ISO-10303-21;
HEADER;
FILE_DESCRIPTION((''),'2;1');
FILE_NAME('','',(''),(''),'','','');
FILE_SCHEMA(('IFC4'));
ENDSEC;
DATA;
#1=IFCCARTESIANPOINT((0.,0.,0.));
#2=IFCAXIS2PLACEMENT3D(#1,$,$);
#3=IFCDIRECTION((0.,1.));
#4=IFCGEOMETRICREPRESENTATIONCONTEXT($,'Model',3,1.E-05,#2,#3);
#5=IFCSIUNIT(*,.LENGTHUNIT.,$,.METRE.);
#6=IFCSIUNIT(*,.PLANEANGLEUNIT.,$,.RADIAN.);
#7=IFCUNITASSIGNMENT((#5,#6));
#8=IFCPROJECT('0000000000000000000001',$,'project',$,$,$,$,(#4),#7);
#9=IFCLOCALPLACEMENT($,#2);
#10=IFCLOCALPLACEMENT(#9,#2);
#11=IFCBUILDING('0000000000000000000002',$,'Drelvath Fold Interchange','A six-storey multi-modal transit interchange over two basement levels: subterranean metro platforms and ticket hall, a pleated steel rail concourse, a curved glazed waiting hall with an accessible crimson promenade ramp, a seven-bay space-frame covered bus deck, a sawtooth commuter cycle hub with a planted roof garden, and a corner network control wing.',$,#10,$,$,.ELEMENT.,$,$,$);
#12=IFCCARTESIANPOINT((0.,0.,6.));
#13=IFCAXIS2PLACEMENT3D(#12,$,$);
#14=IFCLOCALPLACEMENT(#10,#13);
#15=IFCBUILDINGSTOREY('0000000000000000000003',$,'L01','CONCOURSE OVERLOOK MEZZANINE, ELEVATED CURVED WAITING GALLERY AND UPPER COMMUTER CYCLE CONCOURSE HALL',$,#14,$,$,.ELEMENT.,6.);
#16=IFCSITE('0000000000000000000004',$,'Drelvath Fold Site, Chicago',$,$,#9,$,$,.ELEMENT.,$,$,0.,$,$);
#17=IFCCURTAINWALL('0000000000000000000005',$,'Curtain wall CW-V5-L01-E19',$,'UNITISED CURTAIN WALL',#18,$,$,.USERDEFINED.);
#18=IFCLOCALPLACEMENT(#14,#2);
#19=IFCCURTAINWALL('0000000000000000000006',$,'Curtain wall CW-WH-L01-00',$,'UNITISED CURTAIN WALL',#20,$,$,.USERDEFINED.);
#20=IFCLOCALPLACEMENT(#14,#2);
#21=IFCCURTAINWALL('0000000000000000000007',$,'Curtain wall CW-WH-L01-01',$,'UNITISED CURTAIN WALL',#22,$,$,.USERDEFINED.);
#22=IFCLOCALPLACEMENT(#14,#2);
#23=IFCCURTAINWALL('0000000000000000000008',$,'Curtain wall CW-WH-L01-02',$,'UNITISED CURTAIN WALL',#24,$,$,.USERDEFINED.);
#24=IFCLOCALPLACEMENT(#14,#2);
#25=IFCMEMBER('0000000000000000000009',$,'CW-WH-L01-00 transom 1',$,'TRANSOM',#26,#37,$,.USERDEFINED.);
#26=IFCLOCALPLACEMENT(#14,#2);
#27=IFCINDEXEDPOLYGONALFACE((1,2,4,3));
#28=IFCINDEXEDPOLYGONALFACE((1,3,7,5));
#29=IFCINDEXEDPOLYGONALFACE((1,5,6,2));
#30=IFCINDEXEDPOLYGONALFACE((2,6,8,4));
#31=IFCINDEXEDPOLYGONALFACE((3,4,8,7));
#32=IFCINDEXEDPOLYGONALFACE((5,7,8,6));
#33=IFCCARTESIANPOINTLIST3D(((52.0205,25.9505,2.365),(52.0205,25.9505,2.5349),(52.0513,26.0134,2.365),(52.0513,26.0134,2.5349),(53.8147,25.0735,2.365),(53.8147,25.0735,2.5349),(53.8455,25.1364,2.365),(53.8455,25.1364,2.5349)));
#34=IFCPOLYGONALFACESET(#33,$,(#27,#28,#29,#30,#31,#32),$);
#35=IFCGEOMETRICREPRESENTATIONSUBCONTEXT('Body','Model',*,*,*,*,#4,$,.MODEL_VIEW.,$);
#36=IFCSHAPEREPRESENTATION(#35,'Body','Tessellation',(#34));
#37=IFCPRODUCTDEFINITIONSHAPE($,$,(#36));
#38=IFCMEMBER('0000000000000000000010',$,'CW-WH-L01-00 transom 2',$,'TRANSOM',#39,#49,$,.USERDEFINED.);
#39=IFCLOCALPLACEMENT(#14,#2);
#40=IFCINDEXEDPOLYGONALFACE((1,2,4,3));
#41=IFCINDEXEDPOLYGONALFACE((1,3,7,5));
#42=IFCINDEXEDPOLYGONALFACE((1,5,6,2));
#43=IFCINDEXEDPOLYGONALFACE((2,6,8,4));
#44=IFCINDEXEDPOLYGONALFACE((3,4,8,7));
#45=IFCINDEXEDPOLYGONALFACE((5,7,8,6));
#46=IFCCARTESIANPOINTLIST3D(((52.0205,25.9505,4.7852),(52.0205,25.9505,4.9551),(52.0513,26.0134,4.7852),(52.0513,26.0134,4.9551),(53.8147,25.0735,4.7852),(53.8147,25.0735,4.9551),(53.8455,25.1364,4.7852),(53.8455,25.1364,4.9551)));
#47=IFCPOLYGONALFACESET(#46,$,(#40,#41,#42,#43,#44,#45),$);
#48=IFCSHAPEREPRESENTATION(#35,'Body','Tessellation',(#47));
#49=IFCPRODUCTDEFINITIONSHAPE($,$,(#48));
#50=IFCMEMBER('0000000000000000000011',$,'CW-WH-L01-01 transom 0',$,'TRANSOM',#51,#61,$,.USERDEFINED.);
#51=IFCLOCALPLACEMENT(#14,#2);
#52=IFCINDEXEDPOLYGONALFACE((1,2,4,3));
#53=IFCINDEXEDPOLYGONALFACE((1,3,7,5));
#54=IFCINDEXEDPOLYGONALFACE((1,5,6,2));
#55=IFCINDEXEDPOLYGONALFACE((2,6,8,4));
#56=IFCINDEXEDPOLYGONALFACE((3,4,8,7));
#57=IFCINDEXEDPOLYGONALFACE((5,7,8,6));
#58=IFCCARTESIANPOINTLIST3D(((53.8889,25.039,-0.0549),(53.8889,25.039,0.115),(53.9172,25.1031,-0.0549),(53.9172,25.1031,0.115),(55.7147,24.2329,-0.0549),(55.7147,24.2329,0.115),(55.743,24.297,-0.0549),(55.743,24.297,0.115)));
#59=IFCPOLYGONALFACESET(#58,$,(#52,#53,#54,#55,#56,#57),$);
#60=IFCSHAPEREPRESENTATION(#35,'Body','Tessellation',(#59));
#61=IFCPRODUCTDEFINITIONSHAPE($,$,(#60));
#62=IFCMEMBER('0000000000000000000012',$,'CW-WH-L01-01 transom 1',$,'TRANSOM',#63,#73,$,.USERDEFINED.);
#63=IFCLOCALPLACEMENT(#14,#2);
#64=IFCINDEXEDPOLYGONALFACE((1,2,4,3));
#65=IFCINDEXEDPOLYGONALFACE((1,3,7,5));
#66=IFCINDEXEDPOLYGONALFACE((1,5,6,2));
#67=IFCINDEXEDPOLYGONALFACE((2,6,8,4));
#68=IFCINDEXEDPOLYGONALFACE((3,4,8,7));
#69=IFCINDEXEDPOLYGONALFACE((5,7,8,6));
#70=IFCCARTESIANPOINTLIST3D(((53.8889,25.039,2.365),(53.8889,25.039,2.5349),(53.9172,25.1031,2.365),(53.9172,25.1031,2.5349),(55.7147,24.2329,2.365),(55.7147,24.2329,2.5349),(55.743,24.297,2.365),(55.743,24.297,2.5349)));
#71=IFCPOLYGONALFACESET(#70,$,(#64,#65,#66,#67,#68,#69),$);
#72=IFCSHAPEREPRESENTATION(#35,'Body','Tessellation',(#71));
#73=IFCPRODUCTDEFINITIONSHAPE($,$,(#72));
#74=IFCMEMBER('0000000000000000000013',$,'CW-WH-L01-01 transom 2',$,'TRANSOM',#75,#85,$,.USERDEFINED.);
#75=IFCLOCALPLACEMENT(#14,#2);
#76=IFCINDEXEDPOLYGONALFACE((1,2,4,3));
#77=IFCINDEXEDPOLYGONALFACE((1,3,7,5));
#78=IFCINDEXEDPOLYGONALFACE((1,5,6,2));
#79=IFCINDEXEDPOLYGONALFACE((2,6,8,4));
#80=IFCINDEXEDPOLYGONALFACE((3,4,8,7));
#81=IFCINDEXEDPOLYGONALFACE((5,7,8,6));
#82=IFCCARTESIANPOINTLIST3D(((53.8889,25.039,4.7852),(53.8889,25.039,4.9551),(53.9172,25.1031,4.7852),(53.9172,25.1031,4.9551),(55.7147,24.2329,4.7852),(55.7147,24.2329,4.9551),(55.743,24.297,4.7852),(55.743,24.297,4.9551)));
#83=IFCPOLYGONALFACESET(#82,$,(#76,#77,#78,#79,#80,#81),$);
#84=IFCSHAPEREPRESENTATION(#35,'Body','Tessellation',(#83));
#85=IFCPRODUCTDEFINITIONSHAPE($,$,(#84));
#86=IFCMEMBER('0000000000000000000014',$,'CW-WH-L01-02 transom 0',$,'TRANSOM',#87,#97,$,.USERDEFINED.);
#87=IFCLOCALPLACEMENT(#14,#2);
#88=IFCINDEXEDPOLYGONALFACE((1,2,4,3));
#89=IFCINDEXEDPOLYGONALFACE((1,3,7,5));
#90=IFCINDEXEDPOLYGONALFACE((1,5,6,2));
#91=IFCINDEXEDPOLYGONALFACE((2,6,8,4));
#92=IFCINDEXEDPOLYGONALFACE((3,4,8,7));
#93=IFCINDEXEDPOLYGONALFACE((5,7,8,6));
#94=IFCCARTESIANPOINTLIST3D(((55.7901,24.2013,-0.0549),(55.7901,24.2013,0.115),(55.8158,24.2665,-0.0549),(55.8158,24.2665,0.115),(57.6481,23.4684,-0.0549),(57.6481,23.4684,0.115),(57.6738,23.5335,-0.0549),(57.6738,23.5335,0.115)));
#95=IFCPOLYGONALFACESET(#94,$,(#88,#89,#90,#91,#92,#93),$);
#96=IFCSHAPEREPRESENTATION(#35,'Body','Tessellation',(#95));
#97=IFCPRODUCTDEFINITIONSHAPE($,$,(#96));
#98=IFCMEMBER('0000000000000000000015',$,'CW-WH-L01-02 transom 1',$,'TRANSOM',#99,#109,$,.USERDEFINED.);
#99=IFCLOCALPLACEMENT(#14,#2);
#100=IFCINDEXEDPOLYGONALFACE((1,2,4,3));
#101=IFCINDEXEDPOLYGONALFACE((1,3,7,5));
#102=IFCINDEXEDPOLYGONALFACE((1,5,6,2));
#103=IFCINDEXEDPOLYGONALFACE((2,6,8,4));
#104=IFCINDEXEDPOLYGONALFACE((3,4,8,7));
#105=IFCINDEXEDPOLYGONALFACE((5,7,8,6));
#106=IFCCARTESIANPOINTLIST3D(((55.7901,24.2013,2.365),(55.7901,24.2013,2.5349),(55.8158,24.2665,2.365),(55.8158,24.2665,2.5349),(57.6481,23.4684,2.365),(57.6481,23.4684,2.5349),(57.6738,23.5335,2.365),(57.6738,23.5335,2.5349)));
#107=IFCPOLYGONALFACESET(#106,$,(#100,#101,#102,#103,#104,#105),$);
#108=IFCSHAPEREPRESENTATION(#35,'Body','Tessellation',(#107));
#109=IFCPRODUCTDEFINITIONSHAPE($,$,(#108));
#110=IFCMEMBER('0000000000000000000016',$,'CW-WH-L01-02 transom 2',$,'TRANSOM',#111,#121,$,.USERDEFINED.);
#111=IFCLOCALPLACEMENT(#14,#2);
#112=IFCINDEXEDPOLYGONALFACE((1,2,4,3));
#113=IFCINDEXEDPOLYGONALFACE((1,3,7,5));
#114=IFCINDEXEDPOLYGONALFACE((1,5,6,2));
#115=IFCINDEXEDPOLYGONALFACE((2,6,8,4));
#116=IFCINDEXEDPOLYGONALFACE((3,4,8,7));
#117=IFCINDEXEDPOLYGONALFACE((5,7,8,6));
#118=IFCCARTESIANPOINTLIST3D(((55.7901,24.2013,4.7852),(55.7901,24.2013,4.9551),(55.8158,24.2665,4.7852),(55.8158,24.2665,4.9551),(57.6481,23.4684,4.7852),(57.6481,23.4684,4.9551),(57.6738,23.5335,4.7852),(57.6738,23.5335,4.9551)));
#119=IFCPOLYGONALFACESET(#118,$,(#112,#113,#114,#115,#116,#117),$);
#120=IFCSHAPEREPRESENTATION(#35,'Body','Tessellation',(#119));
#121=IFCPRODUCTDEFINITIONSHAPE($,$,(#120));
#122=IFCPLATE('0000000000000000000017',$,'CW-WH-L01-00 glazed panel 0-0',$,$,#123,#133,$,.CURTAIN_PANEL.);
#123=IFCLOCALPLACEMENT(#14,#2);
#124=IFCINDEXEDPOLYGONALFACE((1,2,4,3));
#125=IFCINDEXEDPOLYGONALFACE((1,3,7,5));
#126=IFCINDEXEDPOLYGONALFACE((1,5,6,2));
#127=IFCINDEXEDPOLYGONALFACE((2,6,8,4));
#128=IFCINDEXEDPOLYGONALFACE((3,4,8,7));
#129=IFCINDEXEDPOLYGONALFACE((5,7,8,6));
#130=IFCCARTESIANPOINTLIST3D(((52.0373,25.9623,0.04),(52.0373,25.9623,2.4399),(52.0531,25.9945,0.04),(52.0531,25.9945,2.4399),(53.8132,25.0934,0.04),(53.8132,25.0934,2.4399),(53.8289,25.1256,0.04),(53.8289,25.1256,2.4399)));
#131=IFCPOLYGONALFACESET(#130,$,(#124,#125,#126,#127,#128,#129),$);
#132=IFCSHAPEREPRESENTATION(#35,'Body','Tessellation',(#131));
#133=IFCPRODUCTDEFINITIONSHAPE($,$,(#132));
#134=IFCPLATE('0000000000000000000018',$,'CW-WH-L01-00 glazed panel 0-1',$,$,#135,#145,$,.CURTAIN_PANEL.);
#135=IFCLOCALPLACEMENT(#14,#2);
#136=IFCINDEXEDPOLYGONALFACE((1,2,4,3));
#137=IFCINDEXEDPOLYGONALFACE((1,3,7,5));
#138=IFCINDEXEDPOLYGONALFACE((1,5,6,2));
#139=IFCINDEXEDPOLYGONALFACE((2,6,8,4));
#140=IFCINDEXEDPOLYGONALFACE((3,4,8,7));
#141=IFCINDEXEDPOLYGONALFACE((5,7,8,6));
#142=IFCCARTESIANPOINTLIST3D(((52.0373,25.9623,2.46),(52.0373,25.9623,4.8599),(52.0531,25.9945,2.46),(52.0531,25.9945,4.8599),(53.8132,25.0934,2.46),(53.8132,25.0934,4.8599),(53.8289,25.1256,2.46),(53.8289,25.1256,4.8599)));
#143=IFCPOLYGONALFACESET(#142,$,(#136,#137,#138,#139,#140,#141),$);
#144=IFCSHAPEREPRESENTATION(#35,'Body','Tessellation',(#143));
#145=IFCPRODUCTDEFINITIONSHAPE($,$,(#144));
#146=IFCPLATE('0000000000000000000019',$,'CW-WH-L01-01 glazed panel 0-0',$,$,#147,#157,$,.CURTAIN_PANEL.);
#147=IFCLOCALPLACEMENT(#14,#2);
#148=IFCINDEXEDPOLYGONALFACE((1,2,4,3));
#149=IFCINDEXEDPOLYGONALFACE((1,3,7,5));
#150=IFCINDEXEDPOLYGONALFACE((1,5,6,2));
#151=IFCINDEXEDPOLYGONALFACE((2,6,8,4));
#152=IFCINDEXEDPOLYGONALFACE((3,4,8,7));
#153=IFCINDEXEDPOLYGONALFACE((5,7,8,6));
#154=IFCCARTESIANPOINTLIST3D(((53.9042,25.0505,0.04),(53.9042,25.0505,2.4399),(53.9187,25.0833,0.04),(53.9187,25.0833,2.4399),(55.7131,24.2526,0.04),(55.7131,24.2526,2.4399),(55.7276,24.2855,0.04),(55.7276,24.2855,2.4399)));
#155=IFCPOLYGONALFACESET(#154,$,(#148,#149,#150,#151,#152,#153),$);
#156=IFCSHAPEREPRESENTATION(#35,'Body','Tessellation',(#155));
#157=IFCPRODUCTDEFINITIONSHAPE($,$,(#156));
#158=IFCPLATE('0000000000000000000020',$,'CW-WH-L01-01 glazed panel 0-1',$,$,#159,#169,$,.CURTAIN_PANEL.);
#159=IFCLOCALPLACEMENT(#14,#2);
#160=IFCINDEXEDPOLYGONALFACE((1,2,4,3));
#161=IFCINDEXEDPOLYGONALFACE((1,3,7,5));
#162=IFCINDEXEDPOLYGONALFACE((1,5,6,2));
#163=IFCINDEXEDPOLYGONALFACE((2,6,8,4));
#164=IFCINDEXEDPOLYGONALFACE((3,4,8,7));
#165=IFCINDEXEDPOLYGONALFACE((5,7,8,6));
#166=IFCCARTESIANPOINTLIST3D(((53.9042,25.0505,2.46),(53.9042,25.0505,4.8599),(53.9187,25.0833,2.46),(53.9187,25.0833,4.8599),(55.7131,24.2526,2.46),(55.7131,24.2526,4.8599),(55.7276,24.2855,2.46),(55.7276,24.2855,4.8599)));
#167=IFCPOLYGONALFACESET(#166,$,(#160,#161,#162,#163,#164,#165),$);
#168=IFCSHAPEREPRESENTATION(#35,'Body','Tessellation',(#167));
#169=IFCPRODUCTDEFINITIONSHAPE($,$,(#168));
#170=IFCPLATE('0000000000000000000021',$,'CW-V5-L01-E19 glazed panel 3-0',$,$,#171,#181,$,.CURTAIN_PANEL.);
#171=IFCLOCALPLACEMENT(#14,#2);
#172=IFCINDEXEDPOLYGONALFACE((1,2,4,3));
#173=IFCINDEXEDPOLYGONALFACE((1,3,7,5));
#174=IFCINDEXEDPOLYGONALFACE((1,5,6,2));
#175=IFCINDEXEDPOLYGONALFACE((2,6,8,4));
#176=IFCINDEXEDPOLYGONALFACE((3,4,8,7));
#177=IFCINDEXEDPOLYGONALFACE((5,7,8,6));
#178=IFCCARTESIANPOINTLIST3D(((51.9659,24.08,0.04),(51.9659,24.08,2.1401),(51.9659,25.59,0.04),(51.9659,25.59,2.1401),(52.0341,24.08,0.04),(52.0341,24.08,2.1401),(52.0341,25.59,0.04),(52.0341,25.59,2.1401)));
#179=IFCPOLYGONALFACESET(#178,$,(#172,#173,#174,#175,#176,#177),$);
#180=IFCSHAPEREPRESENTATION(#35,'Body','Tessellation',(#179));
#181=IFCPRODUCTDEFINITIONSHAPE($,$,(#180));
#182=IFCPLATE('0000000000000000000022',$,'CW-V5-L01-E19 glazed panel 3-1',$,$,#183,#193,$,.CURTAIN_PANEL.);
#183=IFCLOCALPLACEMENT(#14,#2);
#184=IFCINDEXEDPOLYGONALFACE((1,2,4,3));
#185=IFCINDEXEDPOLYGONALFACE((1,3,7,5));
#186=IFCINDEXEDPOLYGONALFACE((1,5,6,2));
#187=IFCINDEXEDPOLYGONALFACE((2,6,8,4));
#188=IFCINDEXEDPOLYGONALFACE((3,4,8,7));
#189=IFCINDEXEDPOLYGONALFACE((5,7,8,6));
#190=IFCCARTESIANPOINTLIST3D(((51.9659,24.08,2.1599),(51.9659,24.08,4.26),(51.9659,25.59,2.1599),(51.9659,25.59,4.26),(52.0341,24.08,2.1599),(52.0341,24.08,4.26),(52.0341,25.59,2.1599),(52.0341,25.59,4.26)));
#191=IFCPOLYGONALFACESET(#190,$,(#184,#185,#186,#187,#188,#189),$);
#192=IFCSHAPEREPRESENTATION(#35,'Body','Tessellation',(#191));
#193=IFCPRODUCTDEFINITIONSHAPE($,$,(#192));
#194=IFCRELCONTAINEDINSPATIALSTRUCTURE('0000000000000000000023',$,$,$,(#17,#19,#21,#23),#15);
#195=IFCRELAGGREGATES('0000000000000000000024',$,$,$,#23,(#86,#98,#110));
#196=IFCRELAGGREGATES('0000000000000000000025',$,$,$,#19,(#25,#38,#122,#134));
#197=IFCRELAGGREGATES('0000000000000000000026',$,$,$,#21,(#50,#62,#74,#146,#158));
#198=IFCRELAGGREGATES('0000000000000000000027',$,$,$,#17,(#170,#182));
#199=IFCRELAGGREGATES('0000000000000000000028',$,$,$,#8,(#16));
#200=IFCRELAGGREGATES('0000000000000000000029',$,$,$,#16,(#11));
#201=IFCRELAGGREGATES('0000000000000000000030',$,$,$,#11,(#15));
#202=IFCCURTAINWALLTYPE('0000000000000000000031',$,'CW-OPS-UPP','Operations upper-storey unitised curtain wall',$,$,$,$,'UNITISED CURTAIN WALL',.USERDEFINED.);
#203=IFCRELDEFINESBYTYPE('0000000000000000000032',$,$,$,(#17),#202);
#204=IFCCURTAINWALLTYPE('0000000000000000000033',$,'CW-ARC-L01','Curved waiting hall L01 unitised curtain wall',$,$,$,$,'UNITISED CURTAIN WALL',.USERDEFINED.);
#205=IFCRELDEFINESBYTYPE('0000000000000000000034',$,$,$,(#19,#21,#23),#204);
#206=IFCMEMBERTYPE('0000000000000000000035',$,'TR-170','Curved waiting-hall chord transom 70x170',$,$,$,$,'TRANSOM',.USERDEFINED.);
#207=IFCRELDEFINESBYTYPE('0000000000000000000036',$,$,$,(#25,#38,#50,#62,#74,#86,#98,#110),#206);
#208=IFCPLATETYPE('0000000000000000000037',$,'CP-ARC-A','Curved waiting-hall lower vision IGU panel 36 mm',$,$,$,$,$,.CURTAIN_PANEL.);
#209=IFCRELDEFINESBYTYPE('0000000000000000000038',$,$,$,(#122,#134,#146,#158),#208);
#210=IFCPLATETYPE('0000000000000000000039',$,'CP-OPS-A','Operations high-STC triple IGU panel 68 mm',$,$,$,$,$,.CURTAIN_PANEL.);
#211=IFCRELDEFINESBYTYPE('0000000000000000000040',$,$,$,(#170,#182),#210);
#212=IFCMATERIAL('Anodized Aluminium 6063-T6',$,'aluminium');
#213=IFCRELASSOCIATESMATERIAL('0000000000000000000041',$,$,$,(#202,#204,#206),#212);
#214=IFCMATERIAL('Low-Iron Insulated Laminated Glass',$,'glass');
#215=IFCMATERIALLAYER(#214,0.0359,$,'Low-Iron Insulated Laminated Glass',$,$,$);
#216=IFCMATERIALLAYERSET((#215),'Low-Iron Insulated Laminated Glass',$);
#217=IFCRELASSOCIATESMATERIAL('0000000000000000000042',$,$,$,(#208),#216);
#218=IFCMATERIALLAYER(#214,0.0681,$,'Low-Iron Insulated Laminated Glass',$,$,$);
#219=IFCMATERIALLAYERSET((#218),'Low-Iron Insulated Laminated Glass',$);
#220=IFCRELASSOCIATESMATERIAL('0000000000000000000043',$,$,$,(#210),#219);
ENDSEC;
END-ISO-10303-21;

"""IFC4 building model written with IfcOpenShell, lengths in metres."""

from ifc_helpers import new_model, si_unit, direction, frame, origin, origin_2d, place, context, subcontext, project, spatial, rectangle, extrude, material, layer, layer_set, material_profile, profile_set, type_object, element, aggregate, save


model = new_model("IFC4")

# Units and contexts
model_context = context("Model", 3, precision=1e-05, world=origin(), true_north=direction((0.0, 1.0)))
body_context = subcontext(model_context, "Body", "Model", "MODEL_VIEW")
ifc_project = project(units=[si_unit("LENGTHUNIT", "METRE"), si_unit("PLANEANGLEUNIT", "RADIAN")], contexts=[model_context])

# Site, building, storey
site_placement = place(None, origin())
site = spatial("IfcSite", under=ifc_project, at=site_placement, Name="Drelvath Fold Site, Chicago", CompositionType="ELEMENT", RefElevation=0.0)
building_placement = place(site_placement, origin())
building = spatial("IfcBuilding", under=site, at=building_placement, Name="Drelvath Fold Interchange", Description="A six-storey multi-modal transit interchange over two basement levels: subterranean metro platforms and ticket hall, a pleated steel rail concourse, a curved glazed waiting hall with an accessible crimson promenade ramp, a seven-bay space-frame covered bus deck, a sawtooth commuter cycle hub with a planted roof garden, and a corner network control wing.", CompositionType="ELEMENT")
storey_placement = place(building_placement, frame((0.0, 0.0, 6.0)))
storey = spatial("IfcBuildingStorey", under=building, at=storey_placement, Name="L01", Description="CONCOURSE OVERLOOK MEZZANINE, ELEVATED CURVED WAITING GALLERY AND UPPER COMMUTER CYCLE CONCOURSE HALL", CompositionType="ELEMENT", Elevation=6.0)

# Curtain walls
ifc_material_1 = material(Name="Anodized Aluminium 6063-T6", Category="aluminium")
curtain_wall_type_1 = type_object("IfcCurtainWallType", Name="CW-OPS-UPP", Description="Operations upper-storey unitised curtain wall", ElementType="UNITISED CURTAIN WALL", PredefinedType="USERDEFINED", material=ifc_material_1)
curtain_wall_1_placement = place(storey_placement, origin())
curtain_wall_1 = element("IfcCurtainWall", 1, at=curtain_wall_1_placement, inside=storey, type_object=curtain_wall_type_1, Name="Curtain wall CW-V5-L01-E19", ObjectType="UNITISED CURTAIN WALL", PredefinedType="USERDEFINED")
curtain_wall_type_2 = type_object("IfcCurtainWallType", Name="CW-ARC-L01", Description="Curved waiting hall L01 unitised curtain wall", ElementType="UNITISED CURTAIN WALL", PredefinedType="USERDEFINED", material=ifc_material_1)
curtain_wall_2_placement = place(storey_placement, origin())
curtain_wall_2 = element("IfcCurtainWall", 2, at=curtain_wall_2_placement, inside=storey, type_object=curtain_wall_type_2, Name="Curtain wall CW-WH-L01-00", ObjectType="UNITISED CURTAIN WALL", PredefinedType="USERDEFINED")
curtain_wall_3_placement = place(storey_placement, origin())
curtain_wall_3 = element("IfcCurtainWall", 3, at=curtain_wall_3_placement, inside=storey, type_object=curtain_wall_type_2, Name="Curtain wall CW-WH-L01-01", ObjectType="UNITISED CURTAIN WALL", PredefinedType="USERDEFINED")

# Curtain wall
curtain_wall_4_placement = place(storey_placement, origin())
curtain_wall_4 = element("IfcCurtainWall", 4, at=curtain_wall_4_placement, inside=storey, type_object=curtain_wall_type_2, Name="Curtain wall CW-WH-L01-02", ObjectType="UNITISED CURTAIN WALL", PredefinedType="USERDEFINED")

# Members
ifc_material_profile_1 = material_profile(ifc_material_1, rectangle(XDim=0.0701, YDim=0.1699, at=origin_2d()), Name="AL-T 70x170")
ifc_profile_set_1 = profile_set([ifc_material_profile_1], Name="Anodized Aluminium 6063-T6")
member_type_1 = type_object("IfcMemberType", Name="TR-170", Description="Curved waiting-hall chord transom 70x170", ElementType="TRANSOM", PredefinedType="USERDEFINED", material=ifc_profile_set_1)
member_1_placement = place(storey_placement, frame((52.0359, 25.9819, 2.45), z_axis=(0.898425, -0.439127, 0.0), x_axis=(0.439127, 0.898425, 0.0)))
member_1 = element("IfcMember", 5, at=member_1_placement, type_object=member_type_1, Name="CW-WH-L01-00 transom 1", ObjectType="TRANSOM", PredefinedType="USERDEFINED", context=body_context, shape_type="SweptSolid", body=[
    extrude(rectangle(XDim=0.0701, YDim=0.1699, at=origin_2d()), origin(), (0.0, 0.0, 1.0), 1.9971),
])
member_2_placement = place(storey_placement, frame((52.0359, 25.9819, 4.8701), z_axis=(0.898425, -0.439127, 0.0), x_axis=(0.439127, 0.898425, 0.0)))
member_2 = element("IfcMember", 6, at=member_2_placement, type_object=member_type_1, Name="CW-WH-L01-00 transom 2", ObjectType="TRANSOM", PredefinedType="USERDEFINED", context=body_context, shape_type="SweptSolid", body=[
    extrude(rectangle(XDim=0.0701, YDim=0.1699, at=origin_2d()), origin(), (0.0, 0.0, 1.0), 1.9971),
])
member_3_placement = place(storey_placement, frame((53.9031, 25.071, 0.03), z_axis=(0.914807, -0.40389, 0.0), x_axis=(0.40389, 0.914807, 0.0)))
member_3 = element("IfcMember", 7, at=member_3_placement, type_object=member_type_1, Name="CW-WH-L01-01 transom 0", ObjectType="TRANSOM", PredefinedType="USERDEFINED", context=body_context, shape_type="SweptSolid", body=[
    extrude(rectangle(XDim=0.0701, YDim=0.1699, at=origin_2d()), origin(), (0.0, 0.0, 1.0), 1.9958),
])
member_4_placement = place(storey_placement, frame((53.9031, 25.071, 2.45), z_axis=(0.914807, -0.40389, 0.0), x_axis=(0.40389, 0.914807, 0.0)))
member_4 = element("IfcMember", 8, at=member_4_placement, type_object=member_type_1, Name="CW-WH-L01-01 transom 1", ObjectType="TRANSOM", PredefinedType="USERDEFINED", context=body_context, shape_type="SweptSolid", body=[
    extrude(rectangle(XDim=0.0701, YDim=0.1699, at=origin_2d()), origin(), (0.0, 0.0, 1.0), 1.9958),
])
member_5_placement = place(storey_placement, frame((53.9031, 25.071, 4.8701), z_axis=(0.914807, -0.40389, 0.0), x_axis=(0.40389, 0.914807, 0.0)))
member_5 = element("IfcMember", 9, at=member_5_placement, type_object=member_type_1, Name="CW-WH-L01-01 transom 2", ObjectType="TRANSOM", PredefinedType="USERDEFINED", context=body_context, shape_type="SweptSolid", body=[
    extrude(rectangle(XDim=0.0701, YDim=0.1699, at=origin_2d()), origin(), (0.0, 0.0, 1.0), 1.9958),
])
member_6_placement = place(storey_placement, frame((55.803, 24.2339, 0.03), z_axis=(0.930236, -0.366961, 0.0), x_axis=(0.366961, 0.930236, 0.0)))
member_6 = element("IfcMember", 10, at=member_6_placement, type_object=member_type_1, Name="CW-WH-L01-02 transom 0", ObjectType="TRANSOM", PredefinedType="USERDEFINED", context=body_context, shape_type="SweptSolid", body=[
    extrude(rectangle(XDim=0.0701, YDim=0.1699, at=origin_2d()), origin(), (0.0, 0.0, 1.0), 1.9973),
])
member_7_placement = place(storey_placement, frame((55.803, 24.2339, 2.45), z_axis=(0.930236, -0.366961, 0.0), x_axis=(0.366961, 0.930236, 0.0)))
member_7 = element("IfcMember", 11, at=member_7_placement, type_object=member_type_1, Name="CW-WH-L01-02 transom 1", ObjectType="TRANSOM", PredefinedType="USERDEFINED", context=body_context, shape_type="SweptSolid", body=[
    extrude(rectangle(XDim=0.0701, YDim=0.1699, at=origin_2d()), origin(), (0.0, 0.0, 1.0), 1.9973),
])
member_8_placement = place(storey_placement, frame((55.803, 24.2339, 4.8701), z_axis=(0.930236, -0.366961, 0.0), x_axis=(0.366961, 0.930236, 0.0)))
member_8 = element("IfcMember", 12, at=member_8_placement, type_object=member_type_1, Name="CW-WH-L01-02 transom 2", ObjectType="TRANSOM", PredefinedType="USERDEFINED", context=body_context, shape_type="SweptSolid", body=[
    extrude(rectangle(XDim=0.0701, YDim=0.1699, at=origin_2d()), origin(), (0.0, 0.0, 1.0), 1.9973),
])
aggregate(curtain_wall_4, [member_6, member_7, member_8])

# Plates
ifc_material_2 = material(Name="Low-Iron Insulated Laminated Glass", Category="glass")
ifc_layer_1 = layer(ifc_material_2, 0.0359, Name="Low-Iron Insulated Laminated Glass")
ifc_layer_set_1 = layer_set([ifc_layer_1], Name="Low-Iron Insulated Laminated Glass")
plate_type_1 = type_object("IfcPlateType", Name="CP-ARC-A", Description="Curved waiting-hall lower vision IGU panel 36 mm", PredefinedType="CURTAIN_PANEL", material=ifc_layer_set_1)
plate_1_placement = place(storey_placement, frame((52.9331, 25.5439, 0.04), z_axis=(0.0, 0.0, 1.0), x_axis=(0.898242, -0.4395, 0.0)))
plate_1 = element("IfcPlate", 13, at=plate_1_placement, type_object=plate_type_1, Name="CW-WH-L01-00 glazed panel 0-0", PredefinedType="CURTAIN_PANEL", context=body_context, shape_type="SweptSolid", body=[
    extrude(rectangle(XDim=1.9771, YDim=0.0359, at=origin_2d()), origin(), (0.0, 0.0, 1.0), 2.3999),
])
plate_2_placement = place(storey_placement, frame((52.9331, 25.5439, 2.46), z_axis=(0.0, 0.0, 1.0), x_axis=(0.898242, -0.4395, 0.0)))
plate_2 = element("IfcPlate", 14, at=plate_2_placement, type_object=plate_type_1, Name="CW-WH-L01-00 glazed panel 0-1", PredefinedType="CURTAIN_PANEL", context=body_context, shape_type="SweptSolid", body=[
    extrude(rectangle(XDim=1.9771, YDim=0.0359, at=origin_2d()), origin(), (0.0, 0.0, 1.0), 2.3999),
])
aggregate(curtain_wall_2, [member_1, member_2, plate_1, plate_2])
plate_3_placement = place(storey_placement, frame((54.8159, 24.668, 0.04), z_axis=(0.0, 0.0, 1.0), x_axis=(0.91496, -0.403545, 0.0)))
plate_3 = element("IfcPlate", 15, at=plate_3_placement, type_object=plate_type_1, Name="CW-WH-L01-01 glazed panel 0-0", PredefinedType="CURTAIN_PANEL", context=body_context, shape_type="SweptSolid", body=[
    extrude(rectangle(XDim=1.9771, YDim=0.0359, at=origin_2d()), origin(), (0.0, 0.0, 1.0), 2.3999),
])
plate_4_placement = place(storey_placement, frame((54.8159, 24.668, 2.46), z_axis=(0.0, 0.0, 1.0), x_axis=(0.91496, -0.403545, 0.0)))
plate_4 = element("IfcPlate", 16, at=plate_4_placement, type_object=plate_type_1, Name="CW-WH-L01-01 glazed panel 0-1", PredefinedType="CURTAIN_PANEL", context=body_context, shape_type="SweptSolid", body=[
    extrude(rectangle(XDim=1.9771, YDim=0.0359, at=origin_2d()), origin(), (0.0, 0.0, 1.0), 2.3999),
])
aggregate(curtain_wall_3, [member_3, member_4, member_5, plate_3, plate_4])
ifc_layer_2 = layer(ifc_material_2, 0.0681, Name="Low-Iron Insulated Laminated Glass")
ifc_layer_set_2 = layer_set([ifc_layer_2], Name="Low-Iron Insulated Laminated Glass")
plate_type_2 = type_object("IfcPlateType", Name="CP-OPS-A", Description="Operations high-STC triple IGU panel 68 mm", PredefinedType="CURTAIN_PANEL", material=ifc_layer_set_2)
plate_5_placement = place(storey_placement, frame((52.0, 24.835, 0.04), z_axis=(0.0, 0.0, 1.0), x_axis=(0.0, 1.0, 0.0)))
plate_5 = element("IfcPlate", 17, at=plate_5_placement, type_object=plate_type_2, Name="CW-V5-L01-E19 glazed panel 3-0", PredefinedType="CURTAIN_PANEL", context=body_context, shape_type="SweptSolid", body=[
    extrude(rectangle(XDim=1.51, YDim=0.0681, at=origin_2d()), origin(), (0.0, 0.0, 1.0), 2.1001),
])
plate_6_placement = place(storey_placement, frame((52.0, 24.835, 2.1599), z_axis=(0.0, 0.0, 1.0), x_axis=(0.0, 1.0, 0.0)))
plate_6 = element("IfcPlate", 18, at=plate_6_placement, type_object=plate_type_2, Name="CW-V5-L01-E19 glazed panel 3-1", PredefinedType="CURTAIN_PANEL", context=body_context, shape_type="SweptSolid", body=[
    extrude(rectangle(XDim=1.51, YDim=0.0681, at=origin_2d()), origin(), (0.0, 0.0, 1.0), 2.1001),
])
aggregate(curtain_wall_1, [plate_5, plate_6])

save(model, "model.ifc")
